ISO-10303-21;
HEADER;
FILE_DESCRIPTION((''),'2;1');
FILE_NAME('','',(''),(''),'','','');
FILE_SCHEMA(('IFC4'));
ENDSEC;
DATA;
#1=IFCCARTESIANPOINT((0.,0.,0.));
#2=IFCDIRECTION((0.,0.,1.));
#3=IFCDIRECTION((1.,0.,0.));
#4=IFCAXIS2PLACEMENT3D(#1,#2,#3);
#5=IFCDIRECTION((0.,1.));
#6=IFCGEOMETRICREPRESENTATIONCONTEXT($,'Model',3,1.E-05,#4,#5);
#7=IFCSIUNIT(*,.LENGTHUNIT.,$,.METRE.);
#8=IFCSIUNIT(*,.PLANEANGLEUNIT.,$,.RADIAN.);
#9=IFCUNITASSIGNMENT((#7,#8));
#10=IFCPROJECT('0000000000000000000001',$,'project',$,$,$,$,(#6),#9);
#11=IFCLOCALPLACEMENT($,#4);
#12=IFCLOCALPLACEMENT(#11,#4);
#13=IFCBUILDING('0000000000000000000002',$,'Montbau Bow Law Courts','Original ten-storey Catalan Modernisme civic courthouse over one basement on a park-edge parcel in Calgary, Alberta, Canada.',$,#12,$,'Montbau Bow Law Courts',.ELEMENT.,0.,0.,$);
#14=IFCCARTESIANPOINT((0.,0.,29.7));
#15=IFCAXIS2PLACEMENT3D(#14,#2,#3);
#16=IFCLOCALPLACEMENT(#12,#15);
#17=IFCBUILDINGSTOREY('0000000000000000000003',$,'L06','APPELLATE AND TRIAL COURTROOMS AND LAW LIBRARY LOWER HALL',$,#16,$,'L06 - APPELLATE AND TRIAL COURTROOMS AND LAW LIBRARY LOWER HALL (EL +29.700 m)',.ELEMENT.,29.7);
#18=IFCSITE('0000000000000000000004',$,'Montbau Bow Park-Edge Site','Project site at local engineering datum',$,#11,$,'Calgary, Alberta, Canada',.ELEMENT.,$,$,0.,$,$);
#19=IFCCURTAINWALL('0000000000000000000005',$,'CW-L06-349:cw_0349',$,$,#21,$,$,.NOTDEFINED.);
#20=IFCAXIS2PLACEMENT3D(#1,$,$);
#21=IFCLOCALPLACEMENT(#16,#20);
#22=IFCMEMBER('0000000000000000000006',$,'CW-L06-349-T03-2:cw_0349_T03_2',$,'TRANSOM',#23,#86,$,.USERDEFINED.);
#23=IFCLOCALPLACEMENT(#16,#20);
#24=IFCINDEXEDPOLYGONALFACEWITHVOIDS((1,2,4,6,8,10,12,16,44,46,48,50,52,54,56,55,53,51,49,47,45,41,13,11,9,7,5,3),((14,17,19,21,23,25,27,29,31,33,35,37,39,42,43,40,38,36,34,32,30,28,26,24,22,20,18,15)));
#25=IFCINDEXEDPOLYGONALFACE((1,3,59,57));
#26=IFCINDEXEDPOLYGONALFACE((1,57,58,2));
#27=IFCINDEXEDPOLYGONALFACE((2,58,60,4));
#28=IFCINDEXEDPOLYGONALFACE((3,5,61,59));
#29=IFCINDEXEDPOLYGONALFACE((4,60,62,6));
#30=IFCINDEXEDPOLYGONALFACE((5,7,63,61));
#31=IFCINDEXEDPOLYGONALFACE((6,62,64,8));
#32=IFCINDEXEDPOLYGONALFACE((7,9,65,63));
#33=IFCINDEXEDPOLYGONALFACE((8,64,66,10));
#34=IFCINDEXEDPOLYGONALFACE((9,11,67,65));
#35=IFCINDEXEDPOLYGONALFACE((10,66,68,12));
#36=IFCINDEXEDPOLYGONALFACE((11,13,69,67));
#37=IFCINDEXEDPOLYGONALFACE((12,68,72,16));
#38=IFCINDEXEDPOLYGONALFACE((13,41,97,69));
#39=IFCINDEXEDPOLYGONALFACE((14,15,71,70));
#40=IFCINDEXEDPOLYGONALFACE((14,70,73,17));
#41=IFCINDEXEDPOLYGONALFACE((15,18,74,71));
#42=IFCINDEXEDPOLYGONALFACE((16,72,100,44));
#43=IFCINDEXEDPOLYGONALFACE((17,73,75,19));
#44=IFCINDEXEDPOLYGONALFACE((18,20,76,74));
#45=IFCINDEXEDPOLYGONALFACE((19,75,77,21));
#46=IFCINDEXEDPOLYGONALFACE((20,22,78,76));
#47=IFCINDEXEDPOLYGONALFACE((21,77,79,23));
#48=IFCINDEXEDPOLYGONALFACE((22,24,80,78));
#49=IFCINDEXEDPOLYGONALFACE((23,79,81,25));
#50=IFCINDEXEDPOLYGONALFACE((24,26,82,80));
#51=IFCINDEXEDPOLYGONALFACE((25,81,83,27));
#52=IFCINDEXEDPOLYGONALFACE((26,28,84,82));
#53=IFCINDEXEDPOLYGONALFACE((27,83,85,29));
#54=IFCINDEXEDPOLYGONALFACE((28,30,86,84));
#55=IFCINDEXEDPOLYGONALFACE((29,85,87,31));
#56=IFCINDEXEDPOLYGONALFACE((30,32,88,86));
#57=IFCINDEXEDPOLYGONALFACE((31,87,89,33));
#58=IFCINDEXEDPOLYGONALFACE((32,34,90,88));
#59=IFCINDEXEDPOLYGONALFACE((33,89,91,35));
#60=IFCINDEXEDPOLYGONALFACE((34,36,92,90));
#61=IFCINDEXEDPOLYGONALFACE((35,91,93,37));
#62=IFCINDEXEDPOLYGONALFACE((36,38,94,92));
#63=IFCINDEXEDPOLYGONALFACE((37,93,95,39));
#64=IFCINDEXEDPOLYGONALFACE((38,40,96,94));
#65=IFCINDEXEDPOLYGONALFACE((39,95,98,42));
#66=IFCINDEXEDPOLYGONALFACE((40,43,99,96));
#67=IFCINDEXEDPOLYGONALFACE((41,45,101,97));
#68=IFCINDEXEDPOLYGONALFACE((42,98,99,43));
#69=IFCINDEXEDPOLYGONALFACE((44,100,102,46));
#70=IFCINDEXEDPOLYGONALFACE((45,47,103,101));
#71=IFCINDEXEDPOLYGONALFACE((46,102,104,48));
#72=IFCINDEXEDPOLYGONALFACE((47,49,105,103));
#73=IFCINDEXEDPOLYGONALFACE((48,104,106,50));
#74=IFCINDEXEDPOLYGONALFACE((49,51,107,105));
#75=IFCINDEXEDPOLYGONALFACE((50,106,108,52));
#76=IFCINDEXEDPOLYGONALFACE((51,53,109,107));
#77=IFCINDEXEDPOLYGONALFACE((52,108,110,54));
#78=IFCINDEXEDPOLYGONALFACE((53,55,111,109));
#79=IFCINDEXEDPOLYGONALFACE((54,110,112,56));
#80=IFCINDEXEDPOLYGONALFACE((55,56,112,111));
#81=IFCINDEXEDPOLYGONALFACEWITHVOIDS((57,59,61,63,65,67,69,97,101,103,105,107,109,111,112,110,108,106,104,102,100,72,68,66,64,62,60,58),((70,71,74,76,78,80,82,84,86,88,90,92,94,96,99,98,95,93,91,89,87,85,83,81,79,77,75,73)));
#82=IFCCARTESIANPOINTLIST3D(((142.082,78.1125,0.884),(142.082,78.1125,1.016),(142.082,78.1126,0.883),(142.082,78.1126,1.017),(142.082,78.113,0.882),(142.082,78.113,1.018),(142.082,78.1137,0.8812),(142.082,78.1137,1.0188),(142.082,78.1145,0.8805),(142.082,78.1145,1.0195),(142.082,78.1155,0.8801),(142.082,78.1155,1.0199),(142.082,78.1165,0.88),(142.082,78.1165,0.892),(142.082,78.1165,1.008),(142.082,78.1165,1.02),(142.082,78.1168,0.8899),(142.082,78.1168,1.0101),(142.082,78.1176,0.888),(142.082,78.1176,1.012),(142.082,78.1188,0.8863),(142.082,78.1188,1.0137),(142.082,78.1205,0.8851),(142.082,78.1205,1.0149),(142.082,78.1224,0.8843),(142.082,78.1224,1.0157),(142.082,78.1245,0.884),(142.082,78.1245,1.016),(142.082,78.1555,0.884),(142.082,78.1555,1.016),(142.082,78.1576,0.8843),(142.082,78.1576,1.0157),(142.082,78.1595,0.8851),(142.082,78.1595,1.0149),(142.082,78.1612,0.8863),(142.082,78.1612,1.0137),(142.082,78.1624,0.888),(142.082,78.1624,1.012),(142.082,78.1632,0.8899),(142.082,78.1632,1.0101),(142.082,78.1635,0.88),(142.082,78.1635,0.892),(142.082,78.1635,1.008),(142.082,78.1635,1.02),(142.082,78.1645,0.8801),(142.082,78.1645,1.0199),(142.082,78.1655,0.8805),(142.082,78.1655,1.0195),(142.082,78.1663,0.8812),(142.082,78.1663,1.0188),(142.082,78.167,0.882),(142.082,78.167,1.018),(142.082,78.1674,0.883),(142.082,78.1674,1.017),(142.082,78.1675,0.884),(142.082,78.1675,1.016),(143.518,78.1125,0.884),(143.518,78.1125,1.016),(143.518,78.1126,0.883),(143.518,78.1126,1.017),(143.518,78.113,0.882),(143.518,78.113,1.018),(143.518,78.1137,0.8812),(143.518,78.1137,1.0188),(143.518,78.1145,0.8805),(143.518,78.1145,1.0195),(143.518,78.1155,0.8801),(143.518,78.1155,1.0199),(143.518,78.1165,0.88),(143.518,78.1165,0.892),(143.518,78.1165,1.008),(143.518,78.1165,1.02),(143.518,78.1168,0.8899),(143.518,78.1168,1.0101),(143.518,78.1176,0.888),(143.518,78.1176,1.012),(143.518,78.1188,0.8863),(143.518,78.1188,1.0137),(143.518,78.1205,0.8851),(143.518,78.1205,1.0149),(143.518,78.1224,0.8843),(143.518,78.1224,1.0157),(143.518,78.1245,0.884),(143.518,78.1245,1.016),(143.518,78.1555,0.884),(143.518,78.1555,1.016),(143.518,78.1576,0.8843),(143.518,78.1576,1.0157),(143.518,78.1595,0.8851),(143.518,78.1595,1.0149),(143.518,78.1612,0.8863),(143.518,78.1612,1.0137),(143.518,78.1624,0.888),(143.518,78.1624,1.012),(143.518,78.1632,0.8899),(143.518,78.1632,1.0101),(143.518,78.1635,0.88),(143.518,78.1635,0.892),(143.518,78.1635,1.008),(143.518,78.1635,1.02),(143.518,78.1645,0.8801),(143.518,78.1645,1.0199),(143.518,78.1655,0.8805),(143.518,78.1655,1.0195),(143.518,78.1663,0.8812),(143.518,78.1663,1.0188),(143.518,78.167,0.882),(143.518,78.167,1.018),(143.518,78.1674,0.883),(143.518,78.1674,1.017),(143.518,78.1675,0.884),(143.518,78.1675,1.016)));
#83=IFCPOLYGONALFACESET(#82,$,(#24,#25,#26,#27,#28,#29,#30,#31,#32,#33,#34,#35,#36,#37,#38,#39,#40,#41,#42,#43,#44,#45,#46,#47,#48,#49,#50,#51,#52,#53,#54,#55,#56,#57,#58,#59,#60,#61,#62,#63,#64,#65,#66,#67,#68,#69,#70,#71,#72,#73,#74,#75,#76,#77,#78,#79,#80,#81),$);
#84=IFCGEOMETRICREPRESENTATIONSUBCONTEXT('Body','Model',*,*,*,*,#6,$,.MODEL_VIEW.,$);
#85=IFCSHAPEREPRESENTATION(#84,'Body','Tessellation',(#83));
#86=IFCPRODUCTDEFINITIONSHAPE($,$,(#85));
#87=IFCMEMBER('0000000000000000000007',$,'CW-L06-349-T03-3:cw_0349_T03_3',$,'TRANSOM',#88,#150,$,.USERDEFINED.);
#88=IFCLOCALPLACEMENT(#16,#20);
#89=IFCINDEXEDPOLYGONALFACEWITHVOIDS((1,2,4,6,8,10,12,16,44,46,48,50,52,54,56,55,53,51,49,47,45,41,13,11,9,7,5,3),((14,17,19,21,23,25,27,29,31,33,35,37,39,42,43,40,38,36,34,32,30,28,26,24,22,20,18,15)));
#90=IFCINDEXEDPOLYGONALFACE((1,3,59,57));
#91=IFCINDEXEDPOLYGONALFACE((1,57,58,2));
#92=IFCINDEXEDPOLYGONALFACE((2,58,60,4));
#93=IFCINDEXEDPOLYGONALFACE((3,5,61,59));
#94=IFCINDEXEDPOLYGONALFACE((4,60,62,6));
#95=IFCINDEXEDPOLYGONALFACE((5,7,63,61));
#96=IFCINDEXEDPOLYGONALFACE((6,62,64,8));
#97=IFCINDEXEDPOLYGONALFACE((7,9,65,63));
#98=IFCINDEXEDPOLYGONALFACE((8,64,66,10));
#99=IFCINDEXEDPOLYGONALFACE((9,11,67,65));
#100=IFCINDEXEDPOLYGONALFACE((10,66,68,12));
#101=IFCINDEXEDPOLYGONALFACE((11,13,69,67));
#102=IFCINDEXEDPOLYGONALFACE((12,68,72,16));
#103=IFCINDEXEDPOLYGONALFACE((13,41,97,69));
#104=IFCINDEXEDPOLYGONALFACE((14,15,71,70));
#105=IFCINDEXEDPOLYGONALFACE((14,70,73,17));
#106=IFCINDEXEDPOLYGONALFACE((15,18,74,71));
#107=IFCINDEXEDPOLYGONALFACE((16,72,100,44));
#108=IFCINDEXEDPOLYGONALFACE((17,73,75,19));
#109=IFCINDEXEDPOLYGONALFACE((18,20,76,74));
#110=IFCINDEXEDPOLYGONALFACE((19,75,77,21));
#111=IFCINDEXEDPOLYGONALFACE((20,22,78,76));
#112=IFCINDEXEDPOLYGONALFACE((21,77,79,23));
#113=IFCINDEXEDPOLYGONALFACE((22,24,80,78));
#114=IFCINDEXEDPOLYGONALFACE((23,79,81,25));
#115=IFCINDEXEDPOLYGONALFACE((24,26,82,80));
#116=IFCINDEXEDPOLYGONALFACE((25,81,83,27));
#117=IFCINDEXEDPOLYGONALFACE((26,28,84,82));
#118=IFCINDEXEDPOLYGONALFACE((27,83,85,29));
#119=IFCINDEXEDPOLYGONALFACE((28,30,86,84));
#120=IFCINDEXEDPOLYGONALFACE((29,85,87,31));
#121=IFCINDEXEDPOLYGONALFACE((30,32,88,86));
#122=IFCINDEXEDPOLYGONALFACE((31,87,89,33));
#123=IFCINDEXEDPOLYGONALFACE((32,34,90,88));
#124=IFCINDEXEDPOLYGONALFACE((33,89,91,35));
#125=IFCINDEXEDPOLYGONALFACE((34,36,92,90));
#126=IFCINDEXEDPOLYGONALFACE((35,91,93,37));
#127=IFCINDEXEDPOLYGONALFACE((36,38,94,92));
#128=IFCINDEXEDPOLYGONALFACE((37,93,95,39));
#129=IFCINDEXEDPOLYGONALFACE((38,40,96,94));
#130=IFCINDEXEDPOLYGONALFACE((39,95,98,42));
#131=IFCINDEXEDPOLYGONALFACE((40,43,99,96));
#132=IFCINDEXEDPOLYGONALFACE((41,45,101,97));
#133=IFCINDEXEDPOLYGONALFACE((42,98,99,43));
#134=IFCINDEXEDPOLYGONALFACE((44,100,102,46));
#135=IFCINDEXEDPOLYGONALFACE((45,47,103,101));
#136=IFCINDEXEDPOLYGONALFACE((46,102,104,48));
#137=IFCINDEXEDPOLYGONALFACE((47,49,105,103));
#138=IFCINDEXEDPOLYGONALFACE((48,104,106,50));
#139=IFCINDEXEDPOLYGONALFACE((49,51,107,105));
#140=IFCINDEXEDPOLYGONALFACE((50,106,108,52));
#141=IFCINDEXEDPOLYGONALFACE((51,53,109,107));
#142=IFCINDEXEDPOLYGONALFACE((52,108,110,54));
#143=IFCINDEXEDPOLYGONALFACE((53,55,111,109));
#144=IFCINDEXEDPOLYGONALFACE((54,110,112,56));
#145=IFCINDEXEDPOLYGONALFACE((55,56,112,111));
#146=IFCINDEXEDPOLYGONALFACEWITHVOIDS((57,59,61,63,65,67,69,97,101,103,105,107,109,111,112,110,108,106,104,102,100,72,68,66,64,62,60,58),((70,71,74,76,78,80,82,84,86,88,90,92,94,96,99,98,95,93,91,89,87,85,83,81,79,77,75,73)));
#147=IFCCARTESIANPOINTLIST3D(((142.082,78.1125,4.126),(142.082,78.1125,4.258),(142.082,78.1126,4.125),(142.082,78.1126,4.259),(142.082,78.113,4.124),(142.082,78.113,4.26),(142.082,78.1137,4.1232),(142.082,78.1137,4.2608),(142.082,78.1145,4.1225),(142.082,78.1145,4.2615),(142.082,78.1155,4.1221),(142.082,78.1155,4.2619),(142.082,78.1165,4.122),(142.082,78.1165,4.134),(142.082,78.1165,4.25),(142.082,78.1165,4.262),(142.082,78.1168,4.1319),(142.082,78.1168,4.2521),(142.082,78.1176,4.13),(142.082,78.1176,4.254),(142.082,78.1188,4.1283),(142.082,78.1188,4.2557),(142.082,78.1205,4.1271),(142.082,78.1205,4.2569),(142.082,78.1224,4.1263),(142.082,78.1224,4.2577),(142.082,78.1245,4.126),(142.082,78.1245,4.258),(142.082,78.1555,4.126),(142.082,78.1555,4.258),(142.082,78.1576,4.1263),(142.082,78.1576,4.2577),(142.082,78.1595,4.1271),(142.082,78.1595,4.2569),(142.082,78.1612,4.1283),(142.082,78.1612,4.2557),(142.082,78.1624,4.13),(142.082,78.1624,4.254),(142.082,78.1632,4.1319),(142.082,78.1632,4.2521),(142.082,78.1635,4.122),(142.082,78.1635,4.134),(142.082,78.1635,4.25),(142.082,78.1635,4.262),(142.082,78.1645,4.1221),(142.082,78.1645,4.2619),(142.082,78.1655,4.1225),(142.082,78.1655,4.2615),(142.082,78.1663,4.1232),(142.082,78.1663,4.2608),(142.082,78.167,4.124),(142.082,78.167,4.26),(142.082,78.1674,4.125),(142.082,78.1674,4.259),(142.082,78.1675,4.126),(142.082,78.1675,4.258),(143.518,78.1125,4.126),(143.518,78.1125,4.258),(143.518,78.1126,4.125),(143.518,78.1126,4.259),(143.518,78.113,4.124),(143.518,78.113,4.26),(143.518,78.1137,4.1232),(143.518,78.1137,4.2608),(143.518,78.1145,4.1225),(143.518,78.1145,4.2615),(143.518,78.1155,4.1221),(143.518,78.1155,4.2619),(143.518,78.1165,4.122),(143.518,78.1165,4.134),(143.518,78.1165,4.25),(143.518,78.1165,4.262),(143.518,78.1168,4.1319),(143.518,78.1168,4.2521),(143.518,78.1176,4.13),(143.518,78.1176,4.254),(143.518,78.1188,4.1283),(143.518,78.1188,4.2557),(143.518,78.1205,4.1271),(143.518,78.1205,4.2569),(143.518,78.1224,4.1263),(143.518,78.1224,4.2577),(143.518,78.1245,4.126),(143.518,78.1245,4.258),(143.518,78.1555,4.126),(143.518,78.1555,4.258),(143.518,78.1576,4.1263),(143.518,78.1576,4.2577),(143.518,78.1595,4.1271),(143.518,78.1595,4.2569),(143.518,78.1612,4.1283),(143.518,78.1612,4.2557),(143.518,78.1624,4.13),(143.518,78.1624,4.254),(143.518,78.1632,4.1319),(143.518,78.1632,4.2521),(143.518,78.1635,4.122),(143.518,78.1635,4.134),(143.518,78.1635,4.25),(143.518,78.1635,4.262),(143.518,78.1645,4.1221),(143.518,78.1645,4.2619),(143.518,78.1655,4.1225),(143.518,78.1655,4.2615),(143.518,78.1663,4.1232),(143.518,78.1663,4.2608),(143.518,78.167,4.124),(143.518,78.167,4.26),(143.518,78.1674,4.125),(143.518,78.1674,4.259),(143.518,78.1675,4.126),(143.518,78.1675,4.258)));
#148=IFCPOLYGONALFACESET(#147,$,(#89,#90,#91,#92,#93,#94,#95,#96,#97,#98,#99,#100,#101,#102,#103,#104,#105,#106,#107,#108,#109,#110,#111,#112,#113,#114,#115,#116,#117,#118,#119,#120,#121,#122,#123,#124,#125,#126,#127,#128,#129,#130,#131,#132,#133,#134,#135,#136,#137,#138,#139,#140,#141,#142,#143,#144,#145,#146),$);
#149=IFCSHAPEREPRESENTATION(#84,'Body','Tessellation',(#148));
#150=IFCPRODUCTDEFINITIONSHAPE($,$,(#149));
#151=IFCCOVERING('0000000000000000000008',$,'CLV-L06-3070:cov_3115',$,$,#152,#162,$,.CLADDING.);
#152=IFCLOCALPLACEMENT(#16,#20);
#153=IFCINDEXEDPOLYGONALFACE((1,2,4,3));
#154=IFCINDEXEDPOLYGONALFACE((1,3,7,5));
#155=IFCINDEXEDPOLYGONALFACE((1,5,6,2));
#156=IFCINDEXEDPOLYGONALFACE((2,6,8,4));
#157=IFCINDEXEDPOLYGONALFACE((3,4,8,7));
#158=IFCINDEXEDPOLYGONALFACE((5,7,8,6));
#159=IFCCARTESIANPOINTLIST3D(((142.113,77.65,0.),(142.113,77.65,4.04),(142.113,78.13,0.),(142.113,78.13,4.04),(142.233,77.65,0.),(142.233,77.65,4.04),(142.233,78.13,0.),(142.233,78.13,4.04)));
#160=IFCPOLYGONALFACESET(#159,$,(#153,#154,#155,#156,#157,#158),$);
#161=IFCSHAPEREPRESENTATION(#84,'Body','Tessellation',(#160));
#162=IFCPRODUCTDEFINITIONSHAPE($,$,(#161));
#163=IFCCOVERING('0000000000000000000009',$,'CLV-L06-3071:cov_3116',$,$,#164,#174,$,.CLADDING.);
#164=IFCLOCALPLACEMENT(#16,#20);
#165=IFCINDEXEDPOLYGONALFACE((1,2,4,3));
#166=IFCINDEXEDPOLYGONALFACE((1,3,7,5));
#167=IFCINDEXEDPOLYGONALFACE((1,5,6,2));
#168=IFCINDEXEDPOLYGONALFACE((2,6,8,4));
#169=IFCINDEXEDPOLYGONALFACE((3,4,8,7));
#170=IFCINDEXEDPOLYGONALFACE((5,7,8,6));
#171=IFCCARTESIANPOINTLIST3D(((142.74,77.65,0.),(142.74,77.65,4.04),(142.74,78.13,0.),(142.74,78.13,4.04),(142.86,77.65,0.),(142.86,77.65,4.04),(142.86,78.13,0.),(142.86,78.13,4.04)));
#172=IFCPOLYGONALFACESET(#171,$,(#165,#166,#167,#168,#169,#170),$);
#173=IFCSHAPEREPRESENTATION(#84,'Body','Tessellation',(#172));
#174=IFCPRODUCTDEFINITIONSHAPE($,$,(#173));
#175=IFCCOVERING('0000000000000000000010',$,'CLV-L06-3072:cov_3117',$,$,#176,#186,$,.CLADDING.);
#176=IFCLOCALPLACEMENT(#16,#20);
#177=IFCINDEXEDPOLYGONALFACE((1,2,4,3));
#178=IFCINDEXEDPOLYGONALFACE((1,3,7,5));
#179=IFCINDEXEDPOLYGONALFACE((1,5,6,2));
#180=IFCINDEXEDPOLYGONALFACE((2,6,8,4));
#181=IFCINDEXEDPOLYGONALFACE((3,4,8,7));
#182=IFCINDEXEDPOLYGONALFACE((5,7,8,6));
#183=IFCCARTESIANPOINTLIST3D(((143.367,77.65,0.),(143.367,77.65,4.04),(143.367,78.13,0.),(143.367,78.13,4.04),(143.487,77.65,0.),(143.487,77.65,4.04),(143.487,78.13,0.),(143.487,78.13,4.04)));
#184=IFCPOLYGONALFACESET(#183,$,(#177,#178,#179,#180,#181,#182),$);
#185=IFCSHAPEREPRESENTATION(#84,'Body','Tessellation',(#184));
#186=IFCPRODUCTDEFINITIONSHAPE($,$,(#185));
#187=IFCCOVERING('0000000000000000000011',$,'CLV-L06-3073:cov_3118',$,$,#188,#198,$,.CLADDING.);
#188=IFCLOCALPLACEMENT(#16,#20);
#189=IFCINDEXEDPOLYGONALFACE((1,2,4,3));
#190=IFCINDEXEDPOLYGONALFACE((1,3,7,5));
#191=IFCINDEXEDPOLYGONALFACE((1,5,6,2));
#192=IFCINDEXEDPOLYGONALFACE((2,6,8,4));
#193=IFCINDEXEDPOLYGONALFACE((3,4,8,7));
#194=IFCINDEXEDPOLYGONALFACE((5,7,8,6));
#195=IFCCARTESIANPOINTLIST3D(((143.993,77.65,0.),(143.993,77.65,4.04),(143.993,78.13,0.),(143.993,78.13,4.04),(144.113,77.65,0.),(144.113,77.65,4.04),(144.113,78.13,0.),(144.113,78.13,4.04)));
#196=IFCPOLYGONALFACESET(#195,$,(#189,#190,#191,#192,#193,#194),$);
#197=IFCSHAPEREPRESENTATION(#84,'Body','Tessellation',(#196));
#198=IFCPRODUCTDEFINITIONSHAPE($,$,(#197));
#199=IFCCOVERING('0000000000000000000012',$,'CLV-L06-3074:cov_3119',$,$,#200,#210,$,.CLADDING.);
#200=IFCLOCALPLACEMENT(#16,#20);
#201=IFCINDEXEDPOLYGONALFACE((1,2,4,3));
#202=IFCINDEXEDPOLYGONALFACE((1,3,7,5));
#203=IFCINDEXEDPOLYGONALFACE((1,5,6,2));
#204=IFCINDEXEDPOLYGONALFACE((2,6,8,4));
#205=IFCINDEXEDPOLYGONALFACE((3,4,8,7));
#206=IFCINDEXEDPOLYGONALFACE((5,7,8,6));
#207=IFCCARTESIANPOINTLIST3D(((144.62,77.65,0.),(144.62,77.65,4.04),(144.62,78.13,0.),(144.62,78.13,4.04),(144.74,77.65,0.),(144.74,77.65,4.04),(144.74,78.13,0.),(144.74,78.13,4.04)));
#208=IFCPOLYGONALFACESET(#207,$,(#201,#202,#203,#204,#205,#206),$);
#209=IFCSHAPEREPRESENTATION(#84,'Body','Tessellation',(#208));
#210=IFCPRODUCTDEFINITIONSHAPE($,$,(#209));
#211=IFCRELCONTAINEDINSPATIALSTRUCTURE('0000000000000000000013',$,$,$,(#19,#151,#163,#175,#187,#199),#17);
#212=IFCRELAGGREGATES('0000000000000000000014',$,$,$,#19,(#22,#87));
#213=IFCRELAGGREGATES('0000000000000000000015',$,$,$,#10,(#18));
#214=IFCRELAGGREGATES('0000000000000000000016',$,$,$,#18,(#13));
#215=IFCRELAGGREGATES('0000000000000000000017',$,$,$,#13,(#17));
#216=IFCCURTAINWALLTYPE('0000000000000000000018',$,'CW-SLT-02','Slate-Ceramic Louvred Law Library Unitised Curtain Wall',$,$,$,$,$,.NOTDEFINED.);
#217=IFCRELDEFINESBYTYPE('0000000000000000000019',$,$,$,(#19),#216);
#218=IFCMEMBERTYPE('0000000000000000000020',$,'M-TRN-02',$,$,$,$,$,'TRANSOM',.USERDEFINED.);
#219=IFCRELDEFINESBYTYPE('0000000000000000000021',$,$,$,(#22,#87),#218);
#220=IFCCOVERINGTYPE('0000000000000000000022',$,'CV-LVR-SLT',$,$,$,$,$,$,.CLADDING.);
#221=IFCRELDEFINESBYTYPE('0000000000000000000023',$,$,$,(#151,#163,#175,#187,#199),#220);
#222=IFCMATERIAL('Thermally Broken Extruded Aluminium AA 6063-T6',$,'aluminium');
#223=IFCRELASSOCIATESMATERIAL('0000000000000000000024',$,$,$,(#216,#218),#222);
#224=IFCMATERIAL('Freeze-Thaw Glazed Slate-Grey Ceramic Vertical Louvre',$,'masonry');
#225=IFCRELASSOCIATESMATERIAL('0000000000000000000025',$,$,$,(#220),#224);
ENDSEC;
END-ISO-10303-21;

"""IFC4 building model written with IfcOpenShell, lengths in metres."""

from ifc_helpers import new_model, si_unit, direction, frame, frame_2d, origin_with_axes, origin_2d_with_axis, place, context, subcontext, project, spatial, rectangle, hollow_rectangle, extrude, material, material_profile, profile_set, type_object, element, aggregate, save


model = new_model("IFC4")

# Units and contexts
model_context = context("Model", 3, precision=1e-05, world=origin_with_axes(), true_north=direction((0.0, 1.0)))
body_context = subcontext(model_context, "Body", "Model", "MODEL_VIEW")
ifc_project = project(units=[si_unit("LENGTHUNIT", "METRE"), si_unit("PLANEANGLEUNIT", "RADIAN")], contexts=[model_context])

# Site, building, storey
site_placement = place(None, origin_with_axes())
site = spatial("IfcSite", under=ifc_project, at=site_placement, Name="Montbau Bow Park-Edge Site", Description="Project site at local engineering datum", LongName="Calgary, Alberta, Canada", CompositionType="ELEMENT", RefElevation=0.0)
building_placement = place(site_placement, origin_with_axes())
building = spatial("IfcBuilding", under=site, at=building_placement, Name="Montbau Bow Law Courts", Description="Original ten-storey Catalan Modernisme civic courthouse over one basement on a park-edge parcel in Calgary, Alberta, Canada.", LongName="Montbau Bow Law Courts", CompositionType="ELEMENT", ElevationOfRefHeight=0.0, ElevationOfTerrain=0.0)
storey_placement = place(building_placement, frame((0.0, 0.0, 29.7), z_axis=(0.0, 0.0, 1.0), x_axis=(1.0, 0.0, 0.0)))
storey = spatial("IfcBuildingStorey", under=building, at=storey_placement, Name="L06", Description="APPELLATE AND TRIAL COURTROOMS AND LAW LIBRARY LOWER HALL", LongName="L06 - APPELLATE AND TRIAL COURTROOMS AND LAW LIBRARY LOWER HALL (EL +29.700 m)", CompositionType="ELEMENT", Elevation=29.7)

# Curtain wall, members
ifc_material_1 = material(Name="Thermally Broken Extruded Aluminium AA 6063-T6", Category="aluminium")
curtain_wall_type = type_object("IfcCurtainWallType", Name="CW-SLT-02", Description="Slate-Ceramic Louvred Law Library Unitised Curtain Wall", PredefinedType="NOTDEFINED", material=ifc_material_1)
curtain_wall_placement = place(None, frame((139.04, 78.14, 29.7), z_axis=(0.0, 0.0, 1.0), x_axis=(1.0, 0.0, 0.0)))
curtain_wall = element("IfcCurtainWall", 1, at=curtain_wall_placement, inside=storey, type_object=curtain_wall_type, Name="CW-L06-349:cw_0349", PredefinedType="NOTDEFINED")
ifc_material_profile_1 = material_profile(ifc_material_1, hollow_rectangle(XDim=0.055, YDim=0.14, WallThickness=0.004, InnerFilletRadius=0.008, OuterFilletRadius=0.004, at=origin_2d_with_axis()), Name="CWT-140X55", Category="Main", Priority=0)
ifc_profile_set_1 = profile_set([ifc_material_profile_1], Name="Thermally Broken Extruded Aluminium AA 6063-T6")
member_type_1 = type_object("IfcMemberType", Name="M-TRN-02", ElementType="TRANSOM", PredefinedType="USERDEFINED", material=ifc_profile_set_1)
member_1_placement = place(None, frame((142.082, 78.14, 30.65), z_axis=(1.0, 0.0, 0.0), x_axis=(0.0, 1.0, 0.0)))
member_1 = element("IfcMember", 2, at=member_1_placement, type_object=member_type_1, Name="CW-L06-349-T03-2:cw_0349_T03_2", ObjectType="TRANSOM", PredefinedType="USERDEFINED", context=body_context, shape_type="SweptSolid", body=[
    extrude(hollow_rectangle(XDim=0.055, YDim=0.14, WallThickness=0.004, InnerFilletRadius=0.008, OuterFilletRadius=0.004, at=origin_2d_with_axis()), origin_with_axes(), (0.0, 0.0, 1.0), 1.436),
])
member_2_placement = place(None, frame((142.082, 78.14, 33.892), z_axis=(1.0, 0.0, 0.0), x_axis=(0.0, 1.0, 0.0)))
member_2 = element("IfcMember", 3, at=member_2_placement, type_object=member_type_1, Name="CW-L06-349-T03-3:cw_0349_T03_3", ObjectType="TRANSOM", PredefinedType="USERDEFINED", context=body_context, shape_type="SweptSolid", body=[
    extrude(hollow_rectangle(XDim=0.055, YDim=0.14, WallThickness=0.004, InnerFilletRadius=0.008, OuterFilletRadius=0.004, at=origin_2d_with_axis()), origin_with_axes(), (0.0, 0.0, 1.0), 1.436),
])
aggregate(curtain_wall, [member_1, member_2])

# Coverings
ifc_material_2 = material(Name="Freeze-Thaw Glazed Slate-Grey Ceramic Vertical Louvre", Category="masonry")
covering_type = type_object("IfcCoveringType", Name="CV-LVR-SLT", PredefinedType="CLADDING", material=ifc_material_2)
for number, where, z_axis, x_axis, name in (
    (4, (142.173, 78.13, 29.7), (-1.0, 0.0, 0.0), (0.0, -1.0, 0.0), "CLV-L06-3070:cov_3115"),
    (5, (142.8, 78.13, 29.7), (-1.0, 0.0, 0.0), (0.0, -1.0, 0.0), "CLV-L06-3071:cov_3116"),
    (6, (143.427, 78.13, 29.7), (-1.0, 0.0, 0.0), (0.0, -1.0, 0.0), "CLV-L06-3072:cov_3117"),
    (7, (144.053, 78.13, 29.7), (-1.0, 0.0, 0.0), (0.0, -1.0, 0.0), "CLV-L06-3073:cov_3118"),
    (8, (144.68, 78.13, 29.7), (-1.0, 0.0, 0.0), (0.0, -1.0, 0.0), "CLV-L06-3074:cov_3119"),
):
    element("IfcCovering", number, at=place(None, frame(where, z_axis=z_axis, x_axis=x_axis)), inside=storey, type_object=covering_type, Name=name, PredefinedType="CLADDING", context=body_context, shape_type="SweptSolid", body=[
        extrude(rectangle(XDim=0.48, YDim=4.04, at=frame_2d((0.24, 2.02), x_axis=(1.0, 0.0))), frame((0.0, 0.0, -0.06), z_axis=(0.0, 0.0, 1.0), x_axis=(1.0, 0.0, 0.0)), (0.0, 0.0, 1.0), 0.12),
    ])

save(model, "model.ifc")
